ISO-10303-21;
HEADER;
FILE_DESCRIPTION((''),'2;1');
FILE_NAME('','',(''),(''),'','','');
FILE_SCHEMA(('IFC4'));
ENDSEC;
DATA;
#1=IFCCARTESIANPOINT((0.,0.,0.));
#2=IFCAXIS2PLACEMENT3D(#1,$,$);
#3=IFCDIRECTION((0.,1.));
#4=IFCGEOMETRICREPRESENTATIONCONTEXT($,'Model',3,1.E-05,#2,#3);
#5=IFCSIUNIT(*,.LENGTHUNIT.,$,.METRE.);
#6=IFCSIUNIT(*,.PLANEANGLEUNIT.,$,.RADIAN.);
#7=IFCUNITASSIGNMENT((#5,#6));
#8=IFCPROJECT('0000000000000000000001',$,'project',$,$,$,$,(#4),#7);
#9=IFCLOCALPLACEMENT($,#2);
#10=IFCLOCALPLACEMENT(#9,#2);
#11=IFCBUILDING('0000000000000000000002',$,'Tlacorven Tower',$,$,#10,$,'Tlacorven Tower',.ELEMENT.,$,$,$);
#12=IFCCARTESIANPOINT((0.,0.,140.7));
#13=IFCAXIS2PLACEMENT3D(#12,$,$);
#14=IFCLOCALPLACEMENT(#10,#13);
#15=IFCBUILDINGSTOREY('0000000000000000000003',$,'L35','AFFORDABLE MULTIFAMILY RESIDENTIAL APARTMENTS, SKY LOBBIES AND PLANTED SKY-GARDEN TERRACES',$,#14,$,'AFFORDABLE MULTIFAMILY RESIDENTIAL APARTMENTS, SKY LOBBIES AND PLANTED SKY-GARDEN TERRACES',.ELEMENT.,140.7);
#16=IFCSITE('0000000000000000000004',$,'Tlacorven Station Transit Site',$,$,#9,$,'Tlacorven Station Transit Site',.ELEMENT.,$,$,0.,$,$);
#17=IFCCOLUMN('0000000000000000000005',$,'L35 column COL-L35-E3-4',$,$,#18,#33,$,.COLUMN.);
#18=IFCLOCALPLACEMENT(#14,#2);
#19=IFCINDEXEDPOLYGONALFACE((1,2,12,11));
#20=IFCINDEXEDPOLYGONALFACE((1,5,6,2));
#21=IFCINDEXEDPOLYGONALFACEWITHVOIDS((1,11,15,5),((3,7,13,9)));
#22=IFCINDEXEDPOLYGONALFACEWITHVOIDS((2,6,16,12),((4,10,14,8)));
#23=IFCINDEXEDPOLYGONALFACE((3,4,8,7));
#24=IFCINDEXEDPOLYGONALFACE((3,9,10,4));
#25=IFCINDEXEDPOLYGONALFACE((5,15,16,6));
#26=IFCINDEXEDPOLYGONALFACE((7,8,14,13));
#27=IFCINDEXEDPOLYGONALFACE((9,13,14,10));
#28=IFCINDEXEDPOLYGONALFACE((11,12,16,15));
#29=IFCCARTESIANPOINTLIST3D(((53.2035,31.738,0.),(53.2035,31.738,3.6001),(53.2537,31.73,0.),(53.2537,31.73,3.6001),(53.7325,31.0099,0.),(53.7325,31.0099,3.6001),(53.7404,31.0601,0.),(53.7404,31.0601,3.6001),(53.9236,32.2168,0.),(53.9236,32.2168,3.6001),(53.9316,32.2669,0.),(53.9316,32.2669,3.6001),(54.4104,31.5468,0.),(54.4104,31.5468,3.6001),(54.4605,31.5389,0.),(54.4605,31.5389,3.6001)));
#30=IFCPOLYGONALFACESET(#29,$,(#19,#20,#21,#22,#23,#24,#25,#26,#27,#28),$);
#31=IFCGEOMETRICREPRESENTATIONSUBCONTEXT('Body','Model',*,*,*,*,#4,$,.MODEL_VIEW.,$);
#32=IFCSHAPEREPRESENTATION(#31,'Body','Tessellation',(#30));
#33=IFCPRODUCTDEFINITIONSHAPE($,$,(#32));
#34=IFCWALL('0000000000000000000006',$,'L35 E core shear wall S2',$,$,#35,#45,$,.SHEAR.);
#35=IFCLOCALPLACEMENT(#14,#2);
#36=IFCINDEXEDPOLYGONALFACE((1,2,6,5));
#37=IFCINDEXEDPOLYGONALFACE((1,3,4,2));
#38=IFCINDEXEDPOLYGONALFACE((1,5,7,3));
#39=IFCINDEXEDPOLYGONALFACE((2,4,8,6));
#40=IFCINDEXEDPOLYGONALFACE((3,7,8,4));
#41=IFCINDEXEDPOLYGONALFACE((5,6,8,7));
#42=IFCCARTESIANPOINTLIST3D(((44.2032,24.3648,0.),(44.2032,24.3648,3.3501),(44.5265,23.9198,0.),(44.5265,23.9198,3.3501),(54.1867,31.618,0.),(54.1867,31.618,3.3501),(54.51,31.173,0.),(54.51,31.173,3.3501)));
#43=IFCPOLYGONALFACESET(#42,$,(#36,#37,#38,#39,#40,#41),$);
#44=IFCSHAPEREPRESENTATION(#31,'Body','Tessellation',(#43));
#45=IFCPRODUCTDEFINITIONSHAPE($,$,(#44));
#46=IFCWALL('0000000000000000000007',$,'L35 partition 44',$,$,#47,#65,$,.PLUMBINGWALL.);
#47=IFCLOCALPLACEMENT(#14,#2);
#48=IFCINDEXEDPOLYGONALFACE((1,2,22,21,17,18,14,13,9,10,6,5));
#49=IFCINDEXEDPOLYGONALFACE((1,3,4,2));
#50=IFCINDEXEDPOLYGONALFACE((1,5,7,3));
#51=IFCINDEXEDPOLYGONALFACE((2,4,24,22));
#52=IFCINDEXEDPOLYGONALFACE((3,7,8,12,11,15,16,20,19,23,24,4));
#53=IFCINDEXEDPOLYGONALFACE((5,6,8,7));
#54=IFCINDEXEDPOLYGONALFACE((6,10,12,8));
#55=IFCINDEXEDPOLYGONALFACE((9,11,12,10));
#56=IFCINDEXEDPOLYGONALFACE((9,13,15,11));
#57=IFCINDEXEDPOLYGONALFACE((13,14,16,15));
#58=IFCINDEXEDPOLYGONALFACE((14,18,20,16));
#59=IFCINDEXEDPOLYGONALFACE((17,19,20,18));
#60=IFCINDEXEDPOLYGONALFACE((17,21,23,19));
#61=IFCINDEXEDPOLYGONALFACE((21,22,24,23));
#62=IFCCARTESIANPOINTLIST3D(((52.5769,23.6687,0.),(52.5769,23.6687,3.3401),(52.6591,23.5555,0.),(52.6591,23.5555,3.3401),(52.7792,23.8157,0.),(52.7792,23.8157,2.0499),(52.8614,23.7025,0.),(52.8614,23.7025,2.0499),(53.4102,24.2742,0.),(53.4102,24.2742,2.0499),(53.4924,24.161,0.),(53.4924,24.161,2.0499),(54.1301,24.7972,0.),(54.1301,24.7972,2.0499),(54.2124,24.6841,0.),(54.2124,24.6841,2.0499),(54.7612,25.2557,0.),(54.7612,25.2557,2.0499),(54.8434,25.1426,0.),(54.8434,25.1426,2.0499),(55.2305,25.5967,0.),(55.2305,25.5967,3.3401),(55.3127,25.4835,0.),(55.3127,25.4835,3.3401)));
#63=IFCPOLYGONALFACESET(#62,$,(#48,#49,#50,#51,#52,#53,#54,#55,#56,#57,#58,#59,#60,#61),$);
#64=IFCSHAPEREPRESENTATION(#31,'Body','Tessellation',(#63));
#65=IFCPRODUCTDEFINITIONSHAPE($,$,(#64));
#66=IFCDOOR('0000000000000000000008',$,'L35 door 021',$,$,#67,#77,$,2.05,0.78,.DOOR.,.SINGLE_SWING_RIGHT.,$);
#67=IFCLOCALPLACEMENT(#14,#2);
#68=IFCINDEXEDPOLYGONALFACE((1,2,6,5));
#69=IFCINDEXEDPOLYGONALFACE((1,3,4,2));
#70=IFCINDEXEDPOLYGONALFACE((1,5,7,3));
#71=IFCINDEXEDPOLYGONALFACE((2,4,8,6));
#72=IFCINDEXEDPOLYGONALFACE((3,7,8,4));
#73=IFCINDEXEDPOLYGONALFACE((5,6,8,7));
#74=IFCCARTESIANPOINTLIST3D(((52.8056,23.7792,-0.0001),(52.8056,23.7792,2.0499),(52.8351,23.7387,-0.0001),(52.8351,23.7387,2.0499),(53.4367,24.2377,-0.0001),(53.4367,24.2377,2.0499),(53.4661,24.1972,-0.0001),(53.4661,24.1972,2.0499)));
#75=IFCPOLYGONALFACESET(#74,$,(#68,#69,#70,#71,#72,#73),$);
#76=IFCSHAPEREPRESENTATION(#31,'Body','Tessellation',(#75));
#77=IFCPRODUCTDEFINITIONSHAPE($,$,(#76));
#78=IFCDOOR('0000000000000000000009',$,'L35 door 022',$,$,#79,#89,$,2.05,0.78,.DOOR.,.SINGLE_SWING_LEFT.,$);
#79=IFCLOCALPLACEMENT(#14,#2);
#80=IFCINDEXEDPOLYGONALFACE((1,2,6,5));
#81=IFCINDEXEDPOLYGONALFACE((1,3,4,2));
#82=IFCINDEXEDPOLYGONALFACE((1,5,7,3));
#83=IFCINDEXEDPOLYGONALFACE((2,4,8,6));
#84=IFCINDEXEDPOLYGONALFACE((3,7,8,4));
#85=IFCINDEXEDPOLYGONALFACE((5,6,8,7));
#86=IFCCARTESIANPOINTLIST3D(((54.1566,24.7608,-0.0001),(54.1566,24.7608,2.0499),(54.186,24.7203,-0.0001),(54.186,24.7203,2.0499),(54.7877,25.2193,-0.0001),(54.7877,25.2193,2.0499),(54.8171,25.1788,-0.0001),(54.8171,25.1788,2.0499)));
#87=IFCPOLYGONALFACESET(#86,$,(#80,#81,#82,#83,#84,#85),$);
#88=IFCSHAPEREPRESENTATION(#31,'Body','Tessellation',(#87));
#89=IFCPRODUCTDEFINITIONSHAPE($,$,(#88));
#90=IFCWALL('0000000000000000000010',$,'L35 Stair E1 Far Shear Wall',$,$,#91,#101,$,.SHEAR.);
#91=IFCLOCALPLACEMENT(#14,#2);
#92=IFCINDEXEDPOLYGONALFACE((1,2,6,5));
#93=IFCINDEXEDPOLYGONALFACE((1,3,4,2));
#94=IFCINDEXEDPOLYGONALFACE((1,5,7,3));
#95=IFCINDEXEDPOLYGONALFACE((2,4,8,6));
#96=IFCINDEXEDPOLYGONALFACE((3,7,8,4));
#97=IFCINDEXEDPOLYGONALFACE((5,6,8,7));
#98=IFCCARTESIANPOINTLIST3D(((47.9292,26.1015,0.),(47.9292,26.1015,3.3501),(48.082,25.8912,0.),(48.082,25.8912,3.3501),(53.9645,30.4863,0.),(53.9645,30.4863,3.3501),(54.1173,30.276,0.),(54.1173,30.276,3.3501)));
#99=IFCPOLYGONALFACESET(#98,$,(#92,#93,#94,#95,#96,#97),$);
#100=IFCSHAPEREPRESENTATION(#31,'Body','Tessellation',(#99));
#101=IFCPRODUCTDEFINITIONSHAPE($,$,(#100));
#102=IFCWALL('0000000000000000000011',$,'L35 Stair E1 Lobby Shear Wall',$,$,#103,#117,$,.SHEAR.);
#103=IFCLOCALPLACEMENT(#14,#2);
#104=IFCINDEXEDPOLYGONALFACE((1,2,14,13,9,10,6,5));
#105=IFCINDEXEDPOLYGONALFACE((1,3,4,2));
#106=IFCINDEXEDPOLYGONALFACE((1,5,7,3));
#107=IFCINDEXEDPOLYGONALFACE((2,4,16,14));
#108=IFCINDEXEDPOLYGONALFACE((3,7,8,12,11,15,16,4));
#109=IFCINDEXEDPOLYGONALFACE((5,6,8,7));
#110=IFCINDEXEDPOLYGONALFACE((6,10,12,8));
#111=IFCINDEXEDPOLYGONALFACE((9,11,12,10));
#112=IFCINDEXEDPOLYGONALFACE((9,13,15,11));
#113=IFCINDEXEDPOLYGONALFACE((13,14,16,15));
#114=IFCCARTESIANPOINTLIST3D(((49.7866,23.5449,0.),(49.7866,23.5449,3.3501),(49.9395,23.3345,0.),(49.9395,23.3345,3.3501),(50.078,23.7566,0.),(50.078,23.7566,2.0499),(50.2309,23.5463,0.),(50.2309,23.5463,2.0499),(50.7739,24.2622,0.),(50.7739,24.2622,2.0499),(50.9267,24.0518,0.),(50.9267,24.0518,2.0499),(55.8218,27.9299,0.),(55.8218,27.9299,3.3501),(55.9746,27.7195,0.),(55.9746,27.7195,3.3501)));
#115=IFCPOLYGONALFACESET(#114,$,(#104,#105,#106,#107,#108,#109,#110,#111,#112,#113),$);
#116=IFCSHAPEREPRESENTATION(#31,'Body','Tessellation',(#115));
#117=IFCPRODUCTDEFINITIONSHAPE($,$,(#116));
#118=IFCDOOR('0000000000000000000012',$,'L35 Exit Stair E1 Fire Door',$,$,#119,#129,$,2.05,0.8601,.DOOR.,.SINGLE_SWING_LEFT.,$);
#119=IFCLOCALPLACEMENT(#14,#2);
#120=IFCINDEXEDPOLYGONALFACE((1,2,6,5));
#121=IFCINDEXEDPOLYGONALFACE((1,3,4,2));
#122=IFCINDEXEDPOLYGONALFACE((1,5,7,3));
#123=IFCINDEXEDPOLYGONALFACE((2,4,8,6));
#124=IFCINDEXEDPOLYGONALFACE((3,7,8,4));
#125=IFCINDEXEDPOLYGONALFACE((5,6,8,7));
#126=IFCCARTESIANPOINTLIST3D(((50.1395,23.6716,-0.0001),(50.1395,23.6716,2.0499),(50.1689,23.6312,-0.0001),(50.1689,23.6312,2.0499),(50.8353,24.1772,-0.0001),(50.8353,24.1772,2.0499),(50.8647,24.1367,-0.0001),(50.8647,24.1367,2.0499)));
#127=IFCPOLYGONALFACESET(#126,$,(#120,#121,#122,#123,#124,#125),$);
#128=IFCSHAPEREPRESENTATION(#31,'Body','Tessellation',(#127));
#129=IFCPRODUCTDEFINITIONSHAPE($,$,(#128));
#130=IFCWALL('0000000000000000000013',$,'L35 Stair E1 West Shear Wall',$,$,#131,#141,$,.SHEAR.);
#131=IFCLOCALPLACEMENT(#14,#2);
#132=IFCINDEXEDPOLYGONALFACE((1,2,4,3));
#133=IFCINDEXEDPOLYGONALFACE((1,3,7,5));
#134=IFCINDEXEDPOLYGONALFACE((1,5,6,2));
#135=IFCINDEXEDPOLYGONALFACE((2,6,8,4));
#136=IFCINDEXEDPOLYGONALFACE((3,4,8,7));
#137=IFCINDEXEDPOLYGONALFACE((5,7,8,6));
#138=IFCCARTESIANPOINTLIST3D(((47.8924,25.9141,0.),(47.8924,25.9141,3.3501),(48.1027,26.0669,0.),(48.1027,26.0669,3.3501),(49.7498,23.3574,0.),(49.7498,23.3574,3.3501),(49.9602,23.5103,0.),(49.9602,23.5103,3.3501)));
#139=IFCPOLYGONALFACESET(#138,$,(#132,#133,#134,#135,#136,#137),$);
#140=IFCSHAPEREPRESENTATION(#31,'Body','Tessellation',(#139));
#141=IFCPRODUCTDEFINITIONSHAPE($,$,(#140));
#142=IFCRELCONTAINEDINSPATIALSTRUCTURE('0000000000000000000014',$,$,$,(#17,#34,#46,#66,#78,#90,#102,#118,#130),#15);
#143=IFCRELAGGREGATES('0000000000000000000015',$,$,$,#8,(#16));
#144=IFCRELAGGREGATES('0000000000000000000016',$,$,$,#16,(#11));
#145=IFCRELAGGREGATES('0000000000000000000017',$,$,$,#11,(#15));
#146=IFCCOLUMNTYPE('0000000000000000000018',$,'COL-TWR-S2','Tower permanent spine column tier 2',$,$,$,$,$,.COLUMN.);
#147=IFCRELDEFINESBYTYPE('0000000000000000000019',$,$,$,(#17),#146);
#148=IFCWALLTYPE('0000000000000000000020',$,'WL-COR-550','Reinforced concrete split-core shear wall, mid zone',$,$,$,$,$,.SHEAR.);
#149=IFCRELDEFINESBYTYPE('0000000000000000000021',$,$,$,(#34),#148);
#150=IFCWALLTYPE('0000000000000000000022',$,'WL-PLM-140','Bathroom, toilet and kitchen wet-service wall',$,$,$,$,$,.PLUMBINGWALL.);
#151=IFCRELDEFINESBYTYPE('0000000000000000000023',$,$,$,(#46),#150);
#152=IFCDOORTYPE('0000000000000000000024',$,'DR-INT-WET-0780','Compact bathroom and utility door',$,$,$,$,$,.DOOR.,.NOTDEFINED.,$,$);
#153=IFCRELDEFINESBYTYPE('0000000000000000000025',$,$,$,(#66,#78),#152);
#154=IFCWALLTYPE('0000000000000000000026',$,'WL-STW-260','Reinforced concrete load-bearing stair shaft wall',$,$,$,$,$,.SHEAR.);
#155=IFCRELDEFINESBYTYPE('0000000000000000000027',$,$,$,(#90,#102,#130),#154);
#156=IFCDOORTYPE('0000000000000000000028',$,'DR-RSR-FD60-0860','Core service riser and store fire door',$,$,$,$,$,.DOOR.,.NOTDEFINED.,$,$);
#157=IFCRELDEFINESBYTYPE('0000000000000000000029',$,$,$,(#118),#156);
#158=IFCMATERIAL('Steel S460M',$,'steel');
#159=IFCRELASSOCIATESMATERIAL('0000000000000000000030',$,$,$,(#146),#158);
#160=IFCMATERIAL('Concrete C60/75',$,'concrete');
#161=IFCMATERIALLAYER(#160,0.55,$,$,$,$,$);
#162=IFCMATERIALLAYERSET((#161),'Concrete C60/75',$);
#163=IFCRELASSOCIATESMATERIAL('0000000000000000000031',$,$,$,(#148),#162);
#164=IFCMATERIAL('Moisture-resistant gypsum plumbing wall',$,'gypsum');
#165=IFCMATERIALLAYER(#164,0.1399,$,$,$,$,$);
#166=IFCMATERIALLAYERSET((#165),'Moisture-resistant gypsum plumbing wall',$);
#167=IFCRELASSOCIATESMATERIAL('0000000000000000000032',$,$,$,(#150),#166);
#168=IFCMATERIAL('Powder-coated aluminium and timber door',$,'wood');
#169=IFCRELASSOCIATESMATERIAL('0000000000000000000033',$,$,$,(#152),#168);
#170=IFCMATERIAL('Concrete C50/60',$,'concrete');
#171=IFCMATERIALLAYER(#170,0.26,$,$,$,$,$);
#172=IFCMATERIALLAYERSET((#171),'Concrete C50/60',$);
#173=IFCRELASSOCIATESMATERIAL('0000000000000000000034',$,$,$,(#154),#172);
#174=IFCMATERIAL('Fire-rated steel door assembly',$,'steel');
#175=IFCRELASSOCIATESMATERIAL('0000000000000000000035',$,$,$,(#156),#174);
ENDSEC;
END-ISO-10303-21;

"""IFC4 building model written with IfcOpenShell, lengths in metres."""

from ifc_helpers import new_model, si_unit, direction, frame, frame_2d, origin, origin_2d, place, context, subcontext, project, spatial, rectangle, hollow_rectangle, extrude, source, transform, mapped, material, layer, layer_set, material_profile, profile_set, type_object, element, fill, save


model = new_model("IFC4")

# Units and contexts
model_context = context("Model", 3, precision=1e-05, world=origin(), true_north=direction((0.0, 1.0)))
body_context = subcontext(model_context, "Body", "Model", "MODEL_VIEW")
ifc_project = project(units=[si_unit("LENGTHUNIT", "METRE"), si_unit("PLANEANGLEUNIT", "RADIAN")], contexts=[model_context])

# Site, building, storey
site_placement = place(None, origin())
site = spatial("IfcSite", under=ifc_project, at=site_placement, Name="Tlacorven Station Transit Site", LongName="Tlacorven Station Transit Site", CompositionType="ELEMENT", RefElevation=0.0)
building_placement = place(site_placement, origin())
building = spatial("IfcBuilding", under=site, at=building_placement, Name="Tlacorven Tower", LongName="Tlacorven Tower", CompositionType="ELEMENT")
storey_placement = place(building_placement, frame((0.0, 0.0, 140.7)))
storey = spatial("IfcBuildingStorey", under=building, at=storey_placement, Name="L35", Description="AFFORDABLE MULTIFAMILY RESIDENTIAL APARTMENTS, SKY LOBBIES AND PLANTED SKY-GARDEN TERRACES", LongName="AFFORDABLE MULTIFAMILY RESIDENTIAL APARTMENTS, SKY LOBBIES AND PLANTED SKY-GARDEN TERRACES", CompositionType="ELEMENT", Elevation=140.7)

# Column
ifc_material_1 = material(Name="Steel S460M", Category="steel")
ifc_material_profile = material_profile(ifc_material_1, hollow_rectangle(XDim=0.8999, YDim=0.8999, WallThickness=0.0359, at=origin_2d()), Name="BOX 900X900X36")
ifc_profile_set = profile_set([ifc_material_profile], Name="Steel S460M")
column_type = type_object("IfcColumnType", Name="COL-TWR-S2", Description="Tower permanent spine column tier 2", PredefinedType="COLUMN", material=ifc_profile_set)
shared_shape_1 = source(origin(), body_context, "Body", "SweptSolid", [
    extrude(hollow_rectangle(XDim=0.8999, YDim=0.8999, WallThickness=0.0359, at=origin_2d()), origin(), (0.0, 0.0, 1.0), 3.6001),
])
column_placement = place(storey_placement, frame((53.832, 31.6384, 0.0), z_axis=(0.0, 0.0, 1.0), x_axis=(0.809017, 0.587785, 0.0)))
element("IfcColumn", 1, at=column_placement, inside=storey, type_object=column_type, Name="L35 column COL-L35-E3-4", PredefinedType="COLUMN", context=body_context, shape_type="MappedRepresentation", body=[
    mapped(shared_shape_1, transform((0.0, 0.0, 0.0), scale=1.0)),
])

# Wall
ifc_material_2 = material(Name="Concrete C60/75", Category="concrete")
ifc_layer_1 = layer(ifc_material_2, 0.55)
ifc_layer_set_1 = layer_set([ifc_layer_1], Name="Concrete C60/75")
wall_type_1 = type_object("IfcWallType", Name="WL-COR-550", Description="Reinforced concrete split-core shear wall, mid zone", PredefinedType="SHEAR", material=ifc_layer_set_1)
wall_1_placement = place(storey_placement, frame((44.365, 24.1423, 0.0), z_axis=(0.0, 0.0, 1.0), x_axis=(0.809024, 0.587775, 0.0)))
element("IfcWall", 2, at=wall_1_placement, inside=storey, type_object=wall_type_1, Name="L35 E core shear wall S2", PredefinedType="SHEAR", context=body_context, shape_type="SweptSolid", body=[
    extrude(rectangle(XDim=12.3401, YDim=0.55, at=frame_2d((6.1699, 0.0))), origin(), (0.0, 0.0, 1.0), 3.3501),
])

# Wall, openings, doors
ifc_material_3 = material(Name="Moisture-resistant gypsum plumbing wall", Category="gypsum")
ifc_layer_2 = layer(ifc_material_3, 0.1399)
ifc_layer_set_2 = layer_set([ifc_layer_2], Name="Moisture-resistant gypsum plumbing wall")
wall_type_2 = type_object("IfcWallType", Name="WL-PLM-140", Description="Bathroom, toilet and kitchen wet-service wall", PredefinedType="PLUMBINGWALL", material=ifc_layer_set_2)
wall_2_placement = place(storey_placement, frame((52.6179, 23.6121, 0.0), z_axis=(0.0, 0.0, 1.0), x_axis=(0.80901, 0.587795, 0.0)))
wall_2 = element("IfcWall", 3, at=wall_2_placement, inside=storey, type_object=wall_type_2, Name="L35 partition 44", PredefinedType="PLUMBINGWALL", context=body_context, shape_type="SweptSolid", body=[
    extrude(rectangle(XDim=3.28, YDim=0.1399, at=frame_2d((1.6401, 0.0))), origin(), (0.0, 0.0, 1.0), 3.3401),
])
opening_1_placement = place(wall_2_placement, frame((0.25, 0.0, 0.0)))
opening_1 = element("IfcOpeningElement", 4, at=opening_1_placement, cuts=wall_2, PredefinedType="OPENING", context=body_context, shape_type="SweptSolid", body=[
    extrude(rectangle(XDim=0.78, YDim=2.05, at=frame_2d((0.3901, 1.0249))), frame((0.0, 0.0801, 0.0), z_axis=(0.0, -1.0, 0.0), x_axis=(1.0, 0.0, 0.0)), (0.0, 0.0, 1.0), 0.1599),
])
opening_2_placement = place(wall_2_placement, frame((1.9199, 0.0, 0.0)))
opening_2 = element("IfcOpeningElement", 5, at=opening_2_placement, cuts=wall_2, PredefinedType="OPENING", context=body_context, shape_type="SweptSolid", body=[
    extrude(rectangle(XDim=0.78, YDim=2.05, at=frame_2d((0.3901, 1.0249))), frame((0.0, 0.0801, 0.0), z_axis=(0.0, -1.0, 0.0), x_axis=(1.0, 0.0, 0.0)), (0.0, 0.0, 1.0), 0.1599),
])
ifc_material_4 = material(Name="Powder-coated aluminium and timber door", Category="wood")
door_type_1 = type_object("IfcDoorType", Name="DR-INT-WET-0780", Description="Compact bathroom and utility door", OperationType="NOTDEFINED", PredefinedType="DOOR", material=ifc_material_4)
shared_shape_2 = source(origin(), body_context, "Body", "SweptSolid", [
    extrude(rectangle(XDim=0.78, YDim=2.05, at=frame_2d((0.3901, 1.0249))), frame((0.0, 0.0249, 0.0), z_axis=(0.0, -1.0, 0.0), x_axis=(1.0, 0.0, 0.0)), (0.0, 0.0, 1.0), 0.05),
])
door_1_placement = place(opening_1_placement, origin())
door_1 = element("IfcDoor", 6, at=door_1_placement, inside=storey, type_object=door_type_1, Name="L35 door 021", OperationType="SINGLE_SWING_RIGHT", OverallHeight=2.05, OverallWidth=0.78, PredefinedType="DOOR", context=body_context, shape_type="MappedRepresentation", body=[
    mapped(shared_shape_2, transform((0.0, 0.0, 0.0), scale=1.0)),
])
fill(opening_1, door_1)
door_2_placement = place(opening_2_placement, origin())
door_2 = element("IfcDoor", 7, at=door_2_placement, inside=storey, type_object=door_type_1, Name="L35 door 022", OperationType="SINGLE_SWING_LEFT", OverallHeight=2.05, OverallWidth=0.78, PredefinedType="DOOR", context=body_context, shape_type="MappedRepresentation", body=[
    mapped(shared_shape_2, transform((0.0, 0.0, 0.0), scale=1.0)),
])
fill(opening_2, door_2)

# Wall
ifc_material_5 = material(Name="Concrete C50/60", Category="concrete")
ifc_layer_3 = layer(ifc_material_5, 0.26)
ifc_layer_set_3 = layer_set([ifc_layer_3], Name="Concrete C50/60")
wall_type_3 = type_object("IfcWallType", Name="WL-STW-260", Description="Reinforced concrete load-bearing stair shaft wall", PredefinedType="SHEAR", material=ifc_layer_set_3)
wall_3_placement = place(storey_placement, frame((48.0056, 25.9963, 0.0), z_axis=(0.0, 0.0, 1.0), x_axis=(0.809019, 0.587782, 0.0)))
element("IfcWall", 8, at=wall_3_placement, inside=storey, type_object=wall_type_3, Name="L35 Stair E1 Far Shear Wall", PredefinedType="SHEAR", context=body_context, shape_type="SweptSolid", body=[
    extrude(rectangle(XDim=7.46, YDim=0.26, at=frame_2d((3.73, 0.0))), origin(), (0.0, 0.0, 1.0), 3.3501),
])

# Wall, opening, door
wall_4_placement = place(storey_placement, frame((49.863, 23.4397, 0.0), z_axis=(0.0, 0.0, 1.0), x_axis=(0.809003, 0.587804, 0.0)))
wall_4 = element("IfcWall", 9, at=wall_4_placement, inside=storey, type_object=wall_type_3, Name="L35 Stair E1 Lobby Shear Wall", PredefinedType="SHEAR", context=body_context, shape_type="SweptSolid", body=[
    extrude(rectangle(XDim=7.46, YDim=0.26, at=frame_2d((3.73, 0.0))), origin(), (0.0, 0.0, 1.0), 3.3501),
])
opening_3_placement = place(wall_4_placement, frame((0.3601, 0.0, 0.0)))
opening_3 = element("IfcOpeningElement", 10, at=opening_3_placement, cuts=wall_4, PredefinedType="OPENING", context=body_context, shape_type="SweptSolid", body=[
    extrude(rectangle(XDim=0.8601, YDim=2.05, at=frame_2d((0.4302, 1.0249))), frame((0.0, 0.1401, 0.0), z_axis=(0.0, -1.0, 0.0), x_axis=(1.0, 0.0, 0.0)), (0.0, 0.0, 1.0), 0.28),
])
ifc_material_6 = material(Name="Fire-rated steel door assembly", Category="steel")
door_type_2 = type_object("IfcDoorType", Name="DR-RSR-FD60-0860", Description="Core service riser and store fire door", OperationType="NOTDEFINED", PredefinedType="DOOR", material=ifc_material_6)
shared_shape_3 = source(origin(), body_context, "Body", "SweptSolid", [
    extrude(rectangle(XDim=0.8601, YDim=2.05, at=frame_2d((0.4302, 1.0249))), frame((0.0, 0.0249, 0.0), z_axis=(0.0, -1.0, 0.0), x_axis=(1.0, 0.0, 0.0)), (0.0, 0.0, 1.0), 0.05),
])
door_3_placement = place(opening_3_placement, frame((0.8601, 0.0, 0.0), z_axis=(0.0, 0.0, 1.0), x_axis=(-1.0, 0.0, 0.0)))
door_3 = element("IfcDoor", 11, at=door_3_placement, inside=storey, type_object=door_type_2, Name="L35 Exit Stair E1 Fire Door", OperationType="SINGLE_SWING_LEFT", OverallHeight=2.05, OverallWidth=0.8601, PredefinedType="DOOR", context=body_context, shape_type="MappedRepresentation", body=[
    mapped(shared_shape_3, transform((0.0, 0.0, 0.0), scale=1.0)),
])
fill(opening_3, door_3)

# Wall
wall_5_placement = place(storey_placement, frame((49.855, 23.4338, 0.0), z_axis=(0.0, 0.0, 1.0), x_axis=(-0.587767, 0.80903, 0.0)))
element("IfcWall", 12, at=wall_5_placement, inside=storey, type_object=wall_type_3, Name="L35 Stair E1 West Shear Wall", PredefinedType="SHEAR", context=body_context, shape_type="SweptSolid", body=[
    extrude(rectangle(XDim=3.1602, YDim=0.26, at=frame_2d((1.5801, 0.0))), origin(), (0.0, 0.0, 1.0), 3.3501),
])

save(model, "model.ifc")
